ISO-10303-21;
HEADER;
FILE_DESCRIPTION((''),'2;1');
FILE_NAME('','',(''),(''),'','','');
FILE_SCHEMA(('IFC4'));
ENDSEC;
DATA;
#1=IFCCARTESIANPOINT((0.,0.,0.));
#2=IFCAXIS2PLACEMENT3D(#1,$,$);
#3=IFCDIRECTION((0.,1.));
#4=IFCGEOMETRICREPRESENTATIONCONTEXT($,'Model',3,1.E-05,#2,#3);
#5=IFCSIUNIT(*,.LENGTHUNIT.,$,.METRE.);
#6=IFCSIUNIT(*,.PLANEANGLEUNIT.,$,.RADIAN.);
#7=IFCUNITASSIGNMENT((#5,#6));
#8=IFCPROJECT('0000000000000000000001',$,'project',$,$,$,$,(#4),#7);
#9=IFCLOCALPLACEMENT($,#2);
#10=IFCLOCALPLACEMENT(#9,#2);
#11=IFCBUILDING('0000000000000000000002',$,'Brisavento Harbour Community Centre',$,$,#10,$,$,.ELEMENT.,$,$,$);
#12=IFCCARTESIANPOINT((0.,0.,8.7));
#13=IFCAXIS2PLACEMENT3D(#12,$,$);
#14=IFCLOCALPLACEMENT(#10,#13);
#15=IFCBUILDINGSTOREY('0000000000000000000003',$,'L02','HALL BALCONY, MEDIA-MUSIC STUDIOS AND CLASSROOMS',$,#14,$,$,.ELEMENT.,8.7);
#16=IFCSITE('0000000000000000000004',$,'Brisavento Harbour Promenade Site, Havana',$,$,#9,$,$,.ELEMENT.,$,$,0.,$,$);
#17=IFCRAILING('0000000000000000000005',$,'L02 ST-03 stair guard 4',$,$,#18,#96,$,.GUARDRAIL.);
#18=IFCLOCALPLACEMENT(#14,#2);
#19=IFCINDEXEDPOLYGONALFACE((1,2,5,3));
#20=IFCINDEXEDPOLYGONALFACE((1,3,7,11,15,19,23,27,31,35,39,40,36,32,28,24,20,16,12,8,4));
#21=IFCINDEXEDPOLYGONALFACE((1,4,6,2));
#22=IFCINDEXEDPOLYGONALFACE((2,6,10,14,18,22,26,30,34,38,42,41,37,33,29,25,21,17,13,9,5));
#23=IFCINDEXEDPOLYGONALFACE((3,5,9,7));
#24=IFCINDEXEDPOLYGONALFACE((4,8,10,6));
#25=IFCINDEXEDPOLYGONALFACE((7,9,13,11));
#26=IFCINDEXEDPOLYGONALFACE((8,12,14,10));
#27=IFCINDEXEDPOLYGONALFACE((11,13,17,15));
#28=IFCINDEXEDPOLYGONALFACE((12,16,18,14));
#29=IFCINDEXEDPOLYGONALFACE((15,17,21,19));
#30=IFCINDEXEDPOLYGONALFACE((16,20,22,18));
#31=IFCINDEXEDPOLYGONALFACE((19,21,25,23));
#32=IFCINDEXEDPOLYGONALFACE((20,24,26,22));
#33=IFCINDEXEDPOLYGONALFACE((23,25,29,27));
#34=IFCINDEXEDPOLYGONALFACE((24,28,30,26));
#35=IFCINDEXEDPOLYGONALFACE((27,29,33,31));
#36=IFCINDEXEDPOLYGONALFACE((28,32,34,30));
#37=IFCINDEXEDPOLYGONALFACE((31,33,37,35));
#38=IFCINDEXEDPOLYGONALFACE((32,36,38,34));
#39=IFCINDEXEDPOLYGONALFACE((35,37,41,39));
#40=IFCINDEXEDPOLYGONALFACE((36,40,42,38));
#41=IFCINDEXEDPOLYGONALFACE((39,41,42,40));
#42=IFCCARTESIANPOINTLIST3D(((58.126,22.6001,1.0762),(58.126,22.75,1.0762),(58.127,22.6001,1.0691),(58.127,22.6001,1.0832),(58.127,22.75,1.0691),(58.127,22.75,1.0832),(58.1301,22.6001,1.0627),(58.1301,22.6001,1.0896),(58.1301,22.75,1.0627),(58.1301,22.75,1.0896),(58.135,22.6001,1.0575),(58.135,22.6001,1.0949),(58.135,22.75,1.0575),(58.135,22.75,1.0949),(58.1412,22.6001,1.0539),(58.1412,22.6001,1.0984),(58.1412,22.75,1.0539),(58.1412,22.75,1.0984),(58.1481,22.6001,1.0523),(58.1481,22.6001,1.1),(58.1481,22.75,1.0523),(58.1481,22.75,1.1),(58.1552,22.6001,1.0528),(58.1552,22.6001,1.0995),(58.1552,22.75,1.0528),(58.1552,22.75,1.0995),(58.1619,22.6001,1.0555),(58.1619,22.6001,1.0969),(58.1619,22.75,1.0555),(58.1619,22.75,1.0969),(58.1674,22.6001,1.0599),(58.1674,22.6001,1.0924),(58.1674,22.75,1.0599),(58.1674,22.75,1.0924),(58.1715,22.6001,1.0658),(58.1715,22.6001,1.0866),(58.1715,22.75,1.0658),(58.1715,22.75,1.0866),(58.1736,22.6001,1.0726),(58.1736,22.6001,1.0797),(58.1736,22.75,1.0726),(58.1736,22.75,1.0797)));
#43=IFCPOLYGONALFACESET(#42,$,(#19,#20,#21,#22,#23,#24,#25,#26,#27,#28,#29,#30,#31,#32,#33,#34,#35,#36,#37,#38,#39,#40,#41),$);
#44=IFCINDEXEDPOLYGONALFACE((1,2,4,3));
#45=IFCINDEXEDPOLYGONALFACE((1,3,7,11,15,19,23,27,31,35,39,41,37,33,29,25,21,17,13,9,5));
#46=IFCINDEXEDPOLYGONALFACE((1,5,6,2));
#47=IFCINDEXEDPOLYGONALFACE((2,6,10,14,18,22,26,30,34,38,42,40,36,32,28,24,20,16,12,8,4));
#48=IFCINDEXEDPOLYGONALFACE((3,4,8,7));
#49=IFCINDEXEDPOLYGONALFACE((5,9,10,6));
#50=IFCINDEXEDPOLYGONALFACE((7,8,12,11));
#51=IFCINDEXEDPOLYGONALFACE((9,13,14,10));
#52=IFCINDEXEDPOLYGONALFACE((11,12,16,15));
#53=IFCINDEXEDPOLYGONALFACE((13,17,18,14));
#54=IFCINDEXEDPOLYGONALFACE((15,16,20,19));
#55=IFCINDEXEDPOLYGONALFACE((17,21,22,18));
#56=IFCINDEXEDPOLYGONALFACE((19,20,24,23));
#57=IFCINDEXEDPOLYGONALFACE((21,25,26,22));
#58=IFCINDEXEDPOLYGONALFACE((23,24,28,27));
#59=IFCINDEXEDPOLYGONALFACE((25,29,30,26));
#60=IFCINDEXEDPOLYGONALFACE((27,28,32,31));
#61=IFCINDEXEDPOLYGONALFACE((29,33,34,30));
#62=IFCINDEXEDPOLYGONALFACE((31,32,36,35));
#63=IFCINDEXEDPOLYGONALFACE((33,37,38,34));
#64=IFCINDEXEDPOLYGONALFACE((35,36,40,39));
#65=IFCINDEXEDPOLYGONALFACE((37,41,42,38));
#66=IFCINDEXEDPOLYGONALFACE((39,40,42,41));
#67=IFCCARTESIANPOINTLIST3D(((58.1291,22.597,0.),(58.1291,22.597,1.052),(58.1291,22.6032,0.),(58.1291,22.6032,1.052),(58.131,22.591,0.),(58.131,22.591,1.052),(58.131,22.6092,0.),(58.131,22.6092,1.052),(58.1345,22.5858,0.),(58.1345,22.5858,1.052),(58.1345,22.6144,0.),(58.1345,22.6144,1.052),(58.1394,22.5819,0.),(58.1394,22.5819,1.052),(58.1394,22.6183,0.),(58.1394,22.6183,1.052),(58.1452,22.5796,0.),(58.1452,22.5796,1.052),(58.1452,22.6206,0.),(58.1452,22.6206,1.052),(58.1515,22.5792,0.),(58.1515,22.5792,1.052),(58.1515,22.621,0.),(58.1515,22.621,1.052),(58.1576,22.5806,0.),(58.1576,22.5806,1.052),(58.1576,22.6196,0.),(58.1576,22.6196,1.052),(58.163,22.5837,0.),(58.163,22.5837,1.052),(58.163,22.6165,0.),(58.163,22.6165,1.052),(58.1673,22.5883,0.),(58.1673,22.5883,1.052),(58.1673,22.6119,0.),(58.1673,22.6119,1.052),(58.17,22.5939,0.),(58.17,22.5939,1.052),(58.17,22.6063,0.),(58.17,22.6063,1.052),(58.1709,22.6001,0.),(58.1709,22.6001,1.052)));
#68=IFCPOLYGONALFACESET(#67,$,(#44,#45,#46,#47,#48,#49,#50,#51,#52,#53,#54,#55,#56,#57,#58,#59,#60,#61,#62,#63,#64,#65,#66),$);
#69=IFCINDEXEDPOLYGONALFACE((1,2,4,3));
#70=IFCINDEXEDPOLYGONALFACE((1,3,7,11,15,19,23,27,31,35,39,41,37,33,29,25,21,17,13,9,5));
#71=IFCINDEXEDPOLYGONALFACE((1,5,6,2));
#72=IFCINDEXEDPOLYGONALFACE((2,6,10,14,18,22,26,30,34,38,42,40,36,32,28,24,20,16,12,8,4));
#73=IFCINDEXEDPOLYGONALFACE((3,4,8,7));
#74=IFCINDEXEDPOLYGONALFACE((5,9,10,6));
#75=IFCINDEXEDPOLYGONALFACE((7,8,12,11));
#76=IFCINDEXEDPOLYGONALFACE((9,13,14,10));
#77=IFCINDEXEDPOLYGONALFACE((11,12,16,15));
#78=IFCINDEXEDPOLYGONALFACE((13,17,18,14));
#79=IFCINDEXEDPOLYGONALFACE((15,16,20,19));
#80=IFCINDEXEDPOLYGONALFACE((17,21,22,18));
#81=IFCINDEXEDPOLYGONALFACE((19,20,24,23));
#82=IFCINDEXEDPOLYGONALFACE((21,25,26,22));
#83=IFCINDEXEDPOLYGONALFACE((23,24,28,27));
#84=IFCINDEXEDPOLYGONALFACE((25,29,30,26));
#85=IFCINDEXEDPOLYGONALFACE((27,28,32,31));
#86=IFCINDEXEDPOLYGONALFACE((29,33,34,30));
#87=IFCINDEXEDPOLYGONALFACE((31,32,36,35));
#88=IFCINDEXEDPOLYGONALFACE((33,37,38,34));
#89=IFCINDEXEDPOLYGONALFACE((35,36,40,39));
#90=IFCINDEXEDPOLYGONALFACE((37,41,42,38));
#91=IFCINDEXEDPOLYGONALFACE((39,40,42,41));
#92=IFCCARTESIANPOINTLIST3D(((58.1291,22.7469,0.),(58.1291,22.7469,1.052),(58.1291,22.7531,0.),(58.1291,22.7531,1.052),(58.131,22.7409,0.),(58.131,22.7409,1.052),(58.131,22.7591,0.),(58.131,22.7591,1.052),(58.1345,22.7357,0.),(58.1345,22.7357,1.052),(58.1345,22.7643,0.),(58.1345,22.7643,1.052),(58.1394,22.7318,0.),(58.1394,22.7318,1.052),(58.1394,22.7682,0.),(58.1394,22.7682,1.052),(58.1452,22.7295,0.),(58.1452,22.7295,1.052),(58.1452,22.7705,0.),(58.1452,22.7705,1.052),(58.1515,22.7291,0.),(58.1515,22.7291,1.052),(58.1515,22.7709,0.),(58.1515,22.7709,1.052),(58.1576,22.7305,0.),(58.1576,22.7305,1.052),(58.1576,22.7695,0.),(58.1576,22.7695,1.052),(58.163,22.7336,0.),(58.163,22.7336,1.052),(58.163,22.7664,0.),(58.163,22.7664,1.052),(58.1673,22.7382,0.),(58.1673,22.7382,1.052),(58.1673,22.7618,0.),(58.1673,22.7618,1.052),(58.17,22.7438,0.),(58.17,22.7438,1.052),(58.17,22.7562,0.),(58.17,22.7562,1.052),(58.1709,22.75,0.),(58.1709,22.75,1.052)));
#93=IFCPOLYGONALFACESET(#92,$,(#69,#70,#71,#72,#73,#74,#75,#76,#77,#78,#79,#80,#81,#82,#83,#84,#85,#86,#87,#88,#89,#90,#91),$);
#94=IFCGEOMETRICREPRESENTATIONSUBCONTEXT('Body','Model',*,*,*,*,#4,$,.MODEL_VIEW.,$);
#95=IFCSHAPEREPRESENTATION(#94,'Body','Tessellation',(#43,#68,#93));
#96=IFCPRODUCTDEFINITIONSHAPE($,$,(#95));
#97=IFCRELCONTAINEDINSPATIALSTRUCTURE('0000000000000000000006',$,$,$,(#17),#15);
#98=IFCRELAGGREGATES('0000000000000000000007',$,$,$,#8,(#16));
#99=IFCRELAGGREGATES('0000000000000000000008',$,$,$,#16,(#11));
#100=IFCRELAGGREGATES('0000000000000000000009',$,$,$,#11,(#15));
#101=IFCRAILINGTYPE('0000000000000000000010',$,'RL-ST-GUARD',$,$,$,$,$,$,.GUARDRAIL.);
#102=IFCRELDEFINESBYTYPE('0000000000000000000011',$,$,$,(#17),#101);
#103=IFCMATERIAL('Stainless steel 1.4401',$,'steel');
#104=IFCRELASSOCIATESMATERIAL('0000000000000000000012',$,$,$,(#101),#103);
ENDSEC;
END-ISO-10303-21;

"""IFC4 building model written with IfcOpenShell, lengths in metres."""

from ifc_helpers import new_model, si_unit, direction, frame, origin, origin_2d, place, context, subcontext, project, spatial, circle, extrude, material, type_object, element, save


model = new_model("IFC4")

# Units and contexts
model_context = context("Model", 3, precision=1e-05, world=origin(), true_north=direction((0.0, 1.0)))
body_context = subcontext(model_context, "Body", "Model", "MODEL_VIEW")
ifc_project = project(units=[si_unit("LENGTHUNIT", "METRE"), si_unit("PLANEANGLEUNIT", "RADIAN")], contexts=[model_context])

# Site, building, storey
site_placement = place(None, origin())
site = spatial("IfcSite", under=ifc_project, at=site_placement, Name="Brisavento Harbour Promenade Site, Havana", CompositionType="ELEMENT", RefElevation=0.0)
building_placement = place(site_placement, origin())
building = spatial("IfcBuilding", under=site, at=building_placement, Name="Brisavento Harbour Community Centre", CompositionType="ELEMENT")
storey_placement = place(building_placement, frame((0.0, 0.0, 8.7)))
storey = spatial("IfcBuildingStorey", under=building, at=storey_placement, Name="L02", Description="HALL BALCONY, MEDIA-MUSIC STUDIOS AND CLASSROOMS", CompositionType="ELEMENT", Elevation=8.7)

# Railing
ifc_material_1 = material(Name="Stainless steel 1.4401", Category="steel")
railing_type_1 = type_object("IfcRailingType", Name="RL-ST-GUARD", PredefinedType="GUARDRAIL", material=ifc_material_1)
railing_1_placement = place(storey_placement, frame((58.1499, 22.6001, 0.0)))
element("IfcRailing", 1, at=railing_1_placement, inside=storey, type_object=railing_type_1, Name="L02 ST-03 stair guard 4", PredefinedType="GUARDRAIL", context=body_context, shape_type="SweptSolid", body=[
    extrude(circle(Radius=0.0239, at=origin_2d()), frame((0.0, 0.0, 1.0762), z_axis=(0.0, 1.0, 0.0), x_axis=(-1.0, 0.0, 0.0)), (0.0, 0.0, 1.0), 0.1499),
    extrude(circle(Radius=0.021, at=origin_2d()), origin(), (0.0, 0.0, 1.0), 1.052),
    extrude(circle(Radius=0.021, at=origin_2d()), frame((0.0, 0.1499, 0.0)), (0.0, 0.0, 1.0), 1.052),
])

save(model, "model.ifc")
